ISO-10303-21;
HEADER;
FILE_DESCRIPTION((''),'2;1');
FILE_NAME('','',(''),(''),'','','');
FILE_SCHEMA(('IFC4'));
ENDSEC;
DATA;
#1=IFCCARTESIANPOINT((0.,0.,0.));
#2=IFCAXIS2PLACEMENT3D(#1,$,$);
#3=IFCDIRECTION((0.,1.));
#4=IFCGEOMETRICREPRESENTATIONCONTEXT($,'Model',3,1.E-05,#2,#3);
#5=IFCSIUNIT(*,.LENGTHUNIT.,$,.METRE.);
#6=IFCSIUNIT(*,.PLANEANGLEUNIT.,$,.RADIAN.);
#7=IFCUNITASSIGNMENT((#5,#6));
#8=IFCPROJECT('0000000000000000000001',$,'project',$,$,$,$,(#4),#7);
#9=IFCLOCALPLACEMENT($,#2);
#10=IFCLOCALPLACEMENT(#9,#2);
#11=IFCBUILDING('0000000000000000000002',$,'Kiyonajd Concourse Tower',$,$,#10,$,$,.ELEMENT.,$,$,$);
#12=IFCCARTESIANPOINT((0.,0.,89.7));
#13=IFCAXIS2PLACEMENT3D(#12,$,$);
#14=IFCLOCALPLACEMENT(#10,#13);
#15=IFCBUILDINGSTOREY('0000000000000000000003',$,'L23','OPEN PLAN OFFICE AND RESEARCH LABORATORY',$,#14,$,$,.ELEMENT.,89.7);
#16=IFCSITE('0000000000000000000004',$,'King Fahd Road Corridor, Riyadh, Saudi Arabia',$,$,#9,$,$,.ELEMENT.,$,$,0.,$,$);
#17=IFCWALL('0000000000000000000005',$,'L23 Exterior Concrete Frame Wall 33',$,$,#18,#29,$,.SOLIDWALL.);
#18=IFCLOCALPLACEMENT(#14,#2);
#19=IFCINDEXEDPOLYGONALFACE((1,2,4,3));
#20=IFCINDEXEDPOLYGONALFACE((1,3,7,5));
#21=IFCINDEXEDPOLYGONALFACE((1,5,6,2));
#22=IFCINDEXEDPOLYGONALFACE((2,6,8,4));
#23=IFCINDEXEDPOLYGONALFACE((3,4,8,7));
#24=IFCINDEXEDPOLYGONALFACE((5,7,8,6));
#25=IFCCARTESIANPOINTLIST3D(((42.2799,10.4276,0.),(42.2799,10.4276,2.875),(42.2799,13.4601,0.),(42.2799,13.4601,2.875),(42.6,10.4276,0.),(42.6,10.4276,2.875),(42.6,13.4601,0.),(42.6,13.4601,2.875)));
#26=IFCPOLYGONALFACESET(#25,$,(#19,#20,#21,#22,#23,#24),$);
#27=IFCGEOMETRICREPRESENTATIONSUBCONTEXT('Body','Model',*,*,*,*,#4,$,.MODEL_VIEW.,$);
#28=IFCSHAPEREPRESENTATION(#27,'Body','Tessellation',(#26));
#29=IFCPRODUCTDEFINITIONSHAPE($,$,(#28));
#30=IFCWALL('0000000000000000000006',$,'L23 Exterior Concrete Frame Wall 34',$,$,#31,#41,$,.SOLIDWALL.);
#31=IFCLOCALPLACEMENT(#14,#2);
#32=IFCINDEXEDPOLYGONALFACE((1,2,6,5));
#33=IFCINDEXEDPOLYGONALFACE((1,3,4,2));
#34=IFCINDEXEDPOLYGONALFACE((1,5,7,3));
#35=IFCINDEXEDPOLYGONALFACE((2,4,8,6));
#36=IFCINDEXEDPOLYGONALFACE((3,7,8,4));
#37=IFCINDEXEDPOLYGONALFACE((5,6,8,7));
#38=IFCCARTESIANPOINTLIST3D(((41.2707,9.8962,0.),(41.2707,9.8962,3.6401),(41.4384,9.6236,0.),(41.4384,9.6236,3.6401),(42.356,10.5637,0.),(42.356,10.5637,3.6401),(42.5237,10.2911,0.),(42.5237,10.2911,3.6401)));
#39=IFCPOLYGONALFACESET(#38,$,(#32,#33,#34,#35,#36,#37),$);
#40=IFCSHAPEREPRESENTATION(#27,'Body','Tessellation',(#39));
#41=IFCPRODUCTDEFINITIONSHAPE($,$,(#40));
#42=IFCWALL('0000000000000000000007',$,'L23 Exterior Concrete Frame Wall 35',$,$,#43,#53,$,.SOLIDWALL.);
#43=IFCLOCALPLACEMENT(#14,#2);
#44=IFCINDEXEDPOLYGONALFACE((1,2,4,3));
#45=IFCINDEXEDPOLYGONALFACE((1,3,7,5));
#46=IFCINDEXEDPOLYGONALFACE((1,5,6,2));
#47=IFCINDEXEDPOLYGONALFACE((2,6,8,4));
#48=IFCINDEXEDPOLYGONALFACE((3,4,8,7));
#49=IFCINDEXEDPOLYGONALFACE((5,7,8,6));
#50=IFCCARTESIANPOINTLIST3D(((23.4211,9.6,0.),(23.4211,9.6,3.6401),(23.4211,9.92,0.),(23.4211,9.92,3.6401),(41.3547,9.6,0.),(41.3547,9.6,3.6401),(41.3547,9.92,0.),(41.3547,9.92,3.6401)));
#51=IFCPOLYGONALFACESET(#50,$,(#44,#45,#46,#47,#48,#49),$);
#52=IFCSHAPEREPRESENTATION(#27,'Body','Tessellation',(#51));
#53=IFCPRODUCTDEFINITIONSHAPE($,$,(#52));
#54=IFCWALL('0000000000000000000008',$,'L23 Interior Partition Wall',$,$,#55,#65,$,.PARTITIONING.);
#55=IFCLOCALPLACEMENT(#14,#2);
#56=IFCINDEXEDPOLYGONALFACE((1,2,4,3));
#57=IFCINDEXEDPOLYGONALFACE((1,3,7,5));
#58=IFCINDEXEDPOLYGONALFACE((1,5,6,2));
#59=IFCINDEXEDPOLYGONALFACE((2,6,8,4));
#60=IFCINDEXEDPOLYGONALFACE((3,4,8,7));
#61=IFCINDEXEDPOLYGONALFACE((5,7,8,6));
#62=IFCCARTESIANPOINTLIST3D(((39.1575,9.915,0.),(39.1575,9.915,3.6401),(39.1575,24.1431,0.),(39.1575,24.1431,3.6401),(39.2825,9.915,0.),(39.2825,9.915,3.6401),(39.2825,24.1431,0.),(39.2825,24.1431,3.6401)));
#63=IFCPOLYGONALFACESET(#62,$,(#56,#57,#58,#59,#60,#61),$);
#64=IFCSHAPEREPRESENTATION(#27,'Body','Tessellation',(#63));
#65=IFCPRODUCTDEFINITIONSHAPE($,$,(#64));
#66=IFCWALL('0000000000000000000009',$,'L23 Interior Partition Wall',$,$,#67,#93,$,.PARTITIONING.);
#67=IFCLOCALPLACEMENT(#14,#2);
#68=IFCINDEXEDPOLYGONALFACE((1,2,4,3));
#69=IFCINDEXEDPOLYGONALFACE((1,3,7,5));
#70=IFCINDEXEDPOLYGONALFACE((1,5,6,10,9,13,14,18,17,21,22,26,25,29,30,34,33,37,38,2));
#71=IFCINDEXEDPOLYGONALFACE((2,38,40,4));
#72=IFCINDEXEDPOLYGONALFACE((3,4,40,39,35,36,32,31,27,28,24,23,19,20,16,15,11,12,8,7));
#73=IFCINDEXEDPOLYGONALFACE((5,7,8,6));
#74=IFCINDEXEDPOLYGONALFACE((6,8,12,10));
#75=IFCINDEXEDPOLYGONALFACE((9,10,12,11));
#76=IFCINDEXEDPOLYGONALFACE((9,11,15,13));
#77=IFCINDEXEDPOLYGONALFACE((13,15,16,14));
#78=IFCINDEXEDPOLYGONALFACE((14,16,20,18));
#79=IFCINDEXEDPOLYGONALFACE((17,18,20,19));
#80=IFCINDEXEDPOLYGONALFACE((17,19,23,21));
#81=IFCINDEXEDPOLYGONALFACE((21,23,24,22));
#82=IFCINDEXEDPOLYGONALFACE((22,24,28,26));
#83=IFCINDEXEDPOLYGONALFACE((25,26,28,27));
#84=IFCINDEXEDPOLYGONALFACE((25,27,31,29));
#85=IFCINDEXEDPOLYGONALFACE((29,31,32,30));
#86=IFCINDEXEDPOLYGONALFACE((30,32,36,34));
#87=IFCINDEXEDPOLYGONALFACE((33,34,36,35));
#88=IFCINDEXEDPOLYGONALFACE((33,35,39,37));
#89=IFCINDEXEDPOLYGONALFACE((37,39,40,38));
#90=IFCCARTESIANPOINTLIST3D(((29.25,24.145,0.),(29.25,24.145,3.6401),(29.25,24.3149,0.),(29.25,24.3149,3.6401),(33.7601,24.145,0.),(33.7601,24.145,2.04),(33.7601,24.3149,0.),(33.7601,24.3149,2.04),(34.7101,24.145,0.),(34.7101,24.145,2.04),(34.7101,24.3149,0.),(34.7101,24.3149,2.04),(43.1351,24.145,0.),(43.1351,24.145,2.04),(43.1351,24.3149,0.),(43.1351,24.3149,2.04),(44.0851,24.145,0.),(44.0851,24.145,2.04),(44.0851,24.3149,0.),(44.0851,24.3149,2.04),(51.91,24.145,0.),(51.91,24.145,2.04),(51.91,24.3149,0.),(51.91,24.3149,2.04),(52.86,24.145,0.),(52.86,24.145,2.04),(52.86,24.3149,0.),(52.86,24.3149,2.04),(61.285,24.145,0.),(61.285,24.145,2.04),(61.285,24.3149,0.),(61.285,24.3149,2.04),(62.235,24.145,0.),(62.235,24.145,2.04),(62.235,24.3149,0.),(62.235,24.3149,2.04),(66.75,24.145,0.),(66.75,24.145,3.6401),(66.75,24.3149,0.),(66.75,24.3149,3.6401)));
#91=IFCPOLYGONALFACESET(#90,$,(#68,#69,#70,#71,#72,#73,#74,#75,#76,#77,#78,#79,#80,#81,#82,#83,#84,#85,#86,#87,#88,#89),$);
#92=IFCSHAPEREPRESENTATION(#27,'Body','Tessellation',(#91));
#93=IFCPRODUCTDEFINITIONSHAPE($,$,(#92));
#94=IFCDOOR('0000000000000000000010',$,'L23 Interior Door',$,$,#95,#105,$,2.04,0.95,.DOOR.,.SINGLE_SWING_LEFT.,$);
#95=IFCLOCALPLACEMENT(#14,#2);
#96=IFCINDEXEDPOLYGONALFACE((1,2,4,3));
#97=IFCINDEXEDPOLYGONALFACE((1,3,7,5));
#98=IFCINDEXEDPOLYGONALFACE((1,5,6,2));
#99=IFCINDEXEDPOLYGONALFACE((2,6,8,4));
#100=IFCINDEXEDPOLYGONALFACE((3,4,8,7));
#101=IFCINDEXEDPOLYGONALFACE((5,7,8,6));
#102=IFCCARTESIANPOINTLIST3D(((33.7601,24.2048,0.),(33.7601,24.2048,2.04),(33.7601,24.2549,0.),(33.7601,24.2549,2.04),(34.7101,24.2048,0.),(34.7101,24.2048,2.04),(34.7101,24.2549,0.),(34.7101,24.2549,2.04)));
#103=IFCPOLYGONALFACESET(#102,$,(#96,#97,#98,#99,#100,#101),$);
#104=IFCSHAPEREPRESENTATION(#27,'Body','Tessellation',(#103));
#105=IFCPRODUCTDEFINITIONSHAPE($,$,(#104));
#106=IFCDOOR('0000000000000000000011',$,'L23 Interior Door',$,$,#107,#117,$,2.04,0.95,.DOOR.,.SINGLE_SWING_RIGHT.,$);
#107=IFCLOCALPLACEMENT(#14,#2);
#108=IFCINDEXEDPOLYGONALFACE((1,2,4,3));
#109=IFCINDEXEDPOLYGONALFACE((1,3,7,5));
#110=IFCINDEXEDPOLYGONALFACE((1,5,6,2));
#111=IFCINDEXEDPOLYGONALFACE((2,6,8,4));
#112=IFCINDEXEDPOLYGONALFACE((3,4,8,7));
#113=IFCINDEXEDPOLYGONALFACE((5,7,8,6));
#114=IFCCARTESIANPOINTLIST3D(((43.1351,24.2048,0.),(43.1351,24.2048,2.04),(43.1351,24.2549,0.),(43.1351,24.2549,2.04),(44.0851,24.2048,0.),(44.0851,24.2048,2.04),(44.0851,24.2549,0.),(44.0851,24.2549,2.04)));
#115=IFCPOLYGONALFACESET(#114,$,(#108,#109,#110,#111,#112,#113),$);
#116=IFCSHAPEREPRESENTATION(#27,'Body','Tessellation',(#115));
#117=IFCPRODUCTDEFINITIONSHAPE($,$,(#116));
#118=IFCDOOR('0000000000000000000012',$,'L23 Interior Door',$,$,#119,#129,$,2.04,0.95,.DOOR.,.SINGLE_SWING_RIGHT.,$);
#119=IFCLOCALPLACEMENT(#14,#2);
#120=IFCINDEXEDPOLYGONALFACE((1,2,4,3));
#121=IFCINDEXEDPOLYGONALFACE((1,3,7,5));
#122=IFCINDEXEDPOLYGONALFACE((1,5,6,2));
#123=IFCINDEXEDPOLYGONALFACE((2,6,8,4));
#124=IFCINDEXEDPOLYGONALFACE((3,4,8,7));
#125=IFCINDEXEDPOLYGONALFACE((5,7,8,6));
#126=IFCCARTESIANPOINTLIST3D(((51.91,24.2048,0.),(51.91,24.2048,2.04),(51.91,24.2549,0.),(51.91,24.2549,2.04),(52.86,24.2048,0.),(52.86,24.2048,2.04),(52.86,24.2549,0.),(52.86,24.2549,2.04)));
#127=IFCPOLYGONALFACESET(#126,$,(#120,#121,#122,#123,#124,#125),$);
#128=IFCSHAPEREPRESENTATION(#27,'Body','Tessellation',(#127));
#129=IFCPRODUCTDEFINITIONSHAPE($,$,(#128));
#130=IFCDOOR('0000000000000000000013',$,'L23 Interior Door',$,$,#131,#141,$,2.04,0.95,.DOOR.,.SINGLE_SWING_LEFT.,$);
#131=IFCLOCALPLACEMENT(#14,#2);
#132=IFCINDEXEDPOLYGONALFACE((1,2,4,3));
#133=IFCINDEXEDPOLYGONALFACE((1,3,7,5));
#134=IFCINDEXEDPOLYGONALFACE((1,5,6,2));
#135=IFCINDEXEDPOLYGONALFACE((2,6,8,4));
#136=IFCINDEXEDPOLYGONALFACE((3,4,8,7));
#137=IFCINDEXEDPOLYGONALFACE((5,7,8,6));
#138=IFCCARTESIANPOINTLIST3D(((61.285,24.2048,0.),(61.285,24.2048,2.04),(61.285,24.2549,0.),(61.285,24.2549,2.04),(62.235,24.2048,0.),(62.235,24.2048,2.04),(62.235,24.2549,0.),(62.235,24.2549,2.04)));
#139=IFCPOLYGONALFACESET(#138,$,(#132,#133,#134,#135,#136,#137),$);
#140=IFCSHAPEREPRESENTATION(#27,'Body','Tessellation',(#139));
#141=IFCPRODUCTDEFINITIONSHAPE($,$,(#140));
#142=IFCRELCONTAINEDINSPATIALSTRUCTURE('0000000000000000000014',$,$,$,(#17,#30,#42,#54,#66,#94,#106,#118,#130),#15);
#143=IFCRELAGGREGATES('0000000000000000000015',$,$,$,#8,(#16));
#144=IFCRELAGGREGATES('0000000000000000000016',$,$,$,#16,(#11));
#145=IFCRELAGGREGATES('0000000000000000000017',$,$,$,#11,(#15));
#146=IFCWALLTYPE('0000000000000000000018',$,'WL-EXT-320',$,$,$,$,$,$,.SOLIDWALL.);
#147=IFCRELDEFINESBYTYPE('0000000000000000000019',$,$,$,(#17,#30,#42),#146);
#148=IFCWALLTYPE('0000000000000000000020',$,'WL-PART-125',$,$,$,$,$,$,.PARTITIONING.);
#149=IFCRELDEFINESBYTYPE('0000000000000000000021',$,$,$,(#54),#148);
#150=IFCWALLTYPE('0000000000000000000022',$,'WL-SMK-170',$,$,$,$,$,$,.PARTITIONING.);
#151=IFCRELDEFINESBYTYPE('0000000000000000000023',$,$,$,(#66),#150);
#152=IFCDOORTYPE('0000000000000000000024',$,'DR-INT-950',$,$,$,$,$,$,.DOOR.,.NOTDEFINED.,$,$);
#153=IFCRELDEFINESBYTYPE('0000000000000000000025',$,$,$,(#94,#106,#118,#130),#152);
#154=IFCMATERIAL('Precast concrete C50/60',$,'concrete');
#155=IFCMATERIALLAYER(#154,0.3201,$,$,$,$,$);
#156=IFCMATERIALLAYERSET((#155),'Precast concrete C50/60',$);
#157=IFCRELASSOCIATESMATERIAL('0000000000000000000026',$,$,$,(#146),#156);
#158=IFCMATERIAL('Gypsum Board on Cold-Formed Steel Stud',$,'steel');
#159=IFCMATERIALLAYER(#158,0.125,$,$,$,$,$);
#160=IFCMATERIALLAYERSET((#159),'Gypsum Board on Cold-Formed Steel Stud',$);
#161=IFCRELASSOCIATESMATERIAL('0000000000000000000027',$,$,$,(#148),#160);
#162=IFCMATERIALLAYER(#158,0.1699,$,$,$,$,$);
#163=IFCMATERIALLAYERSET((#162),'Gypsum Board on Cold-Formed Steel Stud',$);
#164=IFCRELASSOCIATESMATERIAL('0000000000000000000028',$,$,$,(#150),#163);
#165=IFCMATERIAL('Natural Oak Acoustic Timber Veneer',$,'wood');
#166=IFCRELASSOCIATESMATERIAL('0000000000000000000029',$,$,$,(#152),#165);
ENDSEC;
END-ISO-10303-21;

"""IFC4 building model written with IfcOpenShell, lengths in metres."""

from ifc_helpers import new_model, si_unit, direction, frame, frame_2d, origin, place, context, subcontext, project, spatial, rectangle, extrude, material, layer, layer_set, type_object, element, fill, save


model = new_model("IFC4")

# Units and contexts
model_context = context("Model", 3, precision=1e-05, world=origin(), true_north=direction((0.0, 1.0)))
body_context = subcontext(model_context, "Body", "Model", "MODEL_VIEW")
ifc_project = project(units=[si_unit("LENGTHUNIT", "METRE"), si_unit("PLANEANGLEUNIT", "RADIAN")], contexts=[model_context])

# Site, building, storey
site_placement = place(None, origin())
site = spatial("IfcSite", under=ifc_project, at=site_placement, Name="King Fahd Road Corridor, Riyadh, Saudi Arabia", CompositionType="ELEMENT", RefElevation=0.0)
building_placement = place(site_placement, origin())
building = spatial("IfcBuilding", under=site, at=building_placement, Name="Kiyonajd Concourse Tower", CompositionType="ELEMENT")
storey_placement = place(building_placement, frame((0.0, 0.0, 89.7)))
storey = spatial("IfcBuildingStorey", under=building, at=storey_placement, Name="L23", Description="OPEN PLAN OFFICE AND RESEARCH LABORATORY", CompositionType="ELEMENT", Elevation=89.7)

# Shared definitions
ifc_material_1 = material(Name="Precast concrete C50/60", Category="concrete")

# Walls
ifc_layer_1 = layer(ifc_material_1, 0.3201)
ifc_layer_set_1 = layer_set([ifc_layer_1], Name="Precast concrete C50/60")
wall_type_1 = type_object("IfcWallType", Name="WL-EXT-320", PredefinedType="SOLIDWALL", material=ifc_layer_set_1)
wall_1_placement = place(storey_placement, frame((42.4399, 13.46, 0.0), z_axis=(0.0, 0.0, 1.0), x_axis=(0.0, -1.0, 0.0)))
element("IfcWall", 1, at=wall_1_placement, inside=storey, type_object=wall_type_1, Name="L23 Exterior Concrete Frame Wall 33", PredefinedType="SOLIDWALL", context=body_context, shape_type="SweptSolid", body=[
    extrude(rectangle(XDim=3.0325, YDim=0.3201, at=frame_2d((1.5161, 0.0))), origin(), (0.0, 0.0, 1.0), 2.875),
])
wall_2_placement = place(storey_placement, frame((42.4399, 10.4275, 0.0), z_axis=(0.0, 0.0, 1.0), x_axis=(-0.851777, -0.523905, 0.0)))
element("IfcWall", 2, at=wall_2_placement, inside=storey, type_object=wall_type_1, Name="L23 Exterior Concrete Frame Wall 34", PredefinedType="SOLIDWALL", context=body_context, shape_type="SweptSolid", body=[
    extrude(rectangle(XDim=1.2742, YDim=0.3201, at=frame_2d((0.6372, 0.0))), origin(), (0.0, 0.0, 1.0), 3.6401),
])
wall_3_placement = place(storey_placement, frame((41.3547, 9.76, 0.0), z_axis=(0.0, 0.0, 1.0), x_axis=(-1.0, 0.0, 0.0)))
element("IfcWall", 3, at=wall_3_placement, inside=storey, type_object=wall_type_1, Name="L23 Exterior Concrete Frame Wall 35", PredefinedType="SOLIDWALL", context=body_context, shape_type="SweptSolid", body=[
    extrude(rectangle(XDim=17.9336, YDim=0.3201, at=frame_2d((8.9668, 0.0))), origin(), (0.0, 0.0, 1.0), 3.6401),
])
ifc_material_2 = material(Name="Gypsum Board on Cold-Formed Steel Stud", Category="steel")
ifc_layer_2 = layer(ifc_material_2, 0.125)
ifc_layer_set_2 = layer_set([ifc_layer_2], Name="Gypsum Board on Cold-Formed Steel Stud")
wall_type_2 = type_object("IfcWallType", Name="WL-PART-125", PredefinedType="PARTITIONING", material=ifc_layer_set_2)
wall_4_placement = place(storey_placement, frame((39.22, 9.915, 0.0), z_axis=(0.0, 0.0, 1.0), x_axis=(0.0, 1.0, 0.0)))
element("IfcWall", 4, at=wall_4_placement, inside=storey, type_object=wall_type_2, Name="L23 Interior Partition Wall", PredefinedType="PARTITIONING", context=body_context, shape_type="SweptSolid", body=[
    extrude(rectangle(XDim=14.228, YDim=0.125, at=frame_2d((7.114, 0.0))), origin(), (0.0, 0.0, 1.0), 3.6401),
])

# Wall, openings, doors
ifc_layer_3 = layer(ifc_material_2, 0.1699)
ifc_layer_set_3 = layer_set([ifc_layer_3], Name="Gypsum Board on Cold-Formed Steel Stud")
wall_type_3 = type_object("IfcWallType", Name="WL-SMK-170", PredefinedType="PARTITIONING", material=ifc_layer_set_3)
wall_5_placement = place(storey_placement, frame((29.25, 24.23, 0.0), z_axis=(0.0, 0.0, 1.0), x_axis=(1.0, 0.0, 0.0)))
wall_5 = element("IfcWall", 5, at=wall_5_placement, inside=storey, type_object=wall_type_3, Name="L23 Interior Partition Wall", PredefinedType="PARTITIONING", context=body_context, shape_type="SweptSolid", body=[
    extrude(rectangle(XDim=37.5, YDim=0.1699, at=frame_2d((18.75, 0.0))), origin(), (0.0, 0.0, 1.0), 3.6401),
])
opening_1_placement = place(wall_5_placement, frame((4.51, 0.0, 0.0)))
opening_1 = element("IfcOpeningElement", 6, at=opening_1_placement, cuts=wall_5, PredefinedType="OPENING", context=body_context, shape_type="SweptSolid", body=[
    extrude(rectangle(XDim=0.95, YDim=2.04, at=frame_2d((0.4751, 1.02))), frame((0.0, 0.095, 0.0), z_axis=(0.0, -1.0, 0.0), x_axis=(1.0, 0.0, 0.0)), (0.0, 0.0, 1.0), 0.1899),
])
opening_2_placement = place(wall_5_placement, frame((13.885, 0.0, 0.0)))
opening_2 = element("IfcOpeningElement", 7, at=opening_2_placement, cuts=wall_5, PredefinedType="OPENING", context=body_context, shape_type="SweptSolid", body=[
    extrude(rectangle(XDim=0.95, YDim=2.04, at=frame_2d((0.4751, 1.02))), frame((0.0, 0.095, 0.0), z_axis=(0.0, -1.0, 0.0), x_axis=(1.0, 0.0, 0.0)), (0.0, 0.0, 1.0), 0.1899),
])
opening_3_placement = place(wall_5_placement, frame((22.6599, 0.0, 0.0)))
opening_3 = element("IfcOpeningElement", 8, at=opening_3_placement, cuts=wall_5, PredefinedType="OPENING", context=body_context, shape_type="SweptSolid", body=[
    extrude(rectangle(XDim=0.95, YDim=2.04, at=frame_2d((0.4751, 1.02))), frame((0.0, 0.095, 0.0), z_axis=(0.0, -1.0, 0.0), x_axis=(1.0, 0.0, 0.0)), (0.0, 0.0, 1.0), 0.1899),
])
opening_4_placement = place(wall_5_placement, frame((32.0349, 0.0, 0.0)))
opening_4 = element("IfcOpeningElement", 9, at=opening_4_placement, cuts=wall_5, PredefinedType="OPENING", context=body_context, shape_type="SweptSolid", body=[
    extrude(rectangle(XDim=0.95, YDim=2.04, at=frame_2d((0.4751, 1.02))), frame((0.0, 0.095, 0.0), z_axis=(0.0, -1.0, 0.0), x_axis=(1.0, 0.0, 0.0)), (0.0, 0.0, 1.0), 0.1899),
])
ifc_material_3 = material(Name="Natural Oak Acoustic Timber Veneer", Category="wood")
door_type = type_object("IfcDoorType", Name="DR-INT-950", OperationType="NOTDEFINED", PredefinedType="DOOR", material=ifc_material_3)
door_1_placement = place(opening_1_placement, origin())
door_1 = element("IfcDoor", 10, at=door_1_placement, inside=storey, type_object=door_type, Name="L23 Interior Door", OperationType="SINGLE_SWING_LEFT", OverallHeight=2.04, OverallWidth=0.95, PredefinedType="DOOR", context=body_context, shape_type="SweptSolid", body=[
    extrude(rectangle(XDim=0.95, YDim=2.04, at=frame_2d((0.4751, 1.02))), frame((0.0, 0.0249, 0.0), z_axis=(0.0, -1.0, 0.0), x_axis=(1.0, 0.0, 0.0)), (0.0, 0.0, 1.0), 0.05),
])
fill(opening_1, door_1)
door_2_placement = place(opening_2_placement, origin())
door_2 = element("IfcDoor", 11, at=door_2_placement, inside=storey, type_object=door_type, Name="L23 Interior Door", OperationType="SINGLE_SWING_RIGHT", OverallHeight=2.04, OverallWidth=0.95, PredefinedType="DOOR", context=body_context, shape_type="SweptSolid", body=[
    extrude(rectangle(XDim=0.95, YDim=2.04, at=frame_2d((0.4751, 1.02))), frame((0.0, 0.0249, 0.0), z_axis=(0.0, -1.0, 0.0), x_axis=(1.0, 0.0, 0.0)), (0.0, 0.0, 1.0), 0.05),
])
fill(opening_2, door_2)
door_3_placement = place(opening_3_placement, origin())
door_3 = element("IfcDoor", 12, at=door_3_placement, inside=storey, type_object=door_type, Name="L23 Interior Door", OperationType="SINGLE_SWING_RIGHT", OverallHeight=2.04, OverallWidth=0.95, PredefinedType="DOOR", context=body_context, shape_type="SweptSolid", body=[
    extrude(rectangle(XDim=0.95, YDim=2.04, at=frame_2d((0.4751, 1.02))), frame((0.0, 0.0249, 0.0), z_axis=(0.0, -1.0, 0.0), x_axis=(1.0, 0.0, 0.0)), (0.0, 0.0, 1.0), 0.05),
])
fill(opening_3, door_3)
door_4_placement = place(opening_4_placement, origin())
door_4 = element("IfcDoor", 13, at=door_4_placement, inside=storey, type_object=door_type, Name="L23 Interior Door", OperationType="SINGLE_SWING_LEFT", OverallHeight=2.04, OverallWidth=0.95, PredefinedType="DOOR", context=body_context, shape_type="SweptSolid", body=[
    extrude(rectangle(XDim=0.95, YDim=2.04, at=frame_2d((0.4751, 1.02))), frame((0.0, 0.0249, 0.0), z_axis=(0.0, -1.0, 0.0), x_axis=(1.0, 0.0, 0.0)), (0.0, 0.0, 1.0), 0.05),
])
fill(opening_4, door_4)

save(model, "model.ifc")
